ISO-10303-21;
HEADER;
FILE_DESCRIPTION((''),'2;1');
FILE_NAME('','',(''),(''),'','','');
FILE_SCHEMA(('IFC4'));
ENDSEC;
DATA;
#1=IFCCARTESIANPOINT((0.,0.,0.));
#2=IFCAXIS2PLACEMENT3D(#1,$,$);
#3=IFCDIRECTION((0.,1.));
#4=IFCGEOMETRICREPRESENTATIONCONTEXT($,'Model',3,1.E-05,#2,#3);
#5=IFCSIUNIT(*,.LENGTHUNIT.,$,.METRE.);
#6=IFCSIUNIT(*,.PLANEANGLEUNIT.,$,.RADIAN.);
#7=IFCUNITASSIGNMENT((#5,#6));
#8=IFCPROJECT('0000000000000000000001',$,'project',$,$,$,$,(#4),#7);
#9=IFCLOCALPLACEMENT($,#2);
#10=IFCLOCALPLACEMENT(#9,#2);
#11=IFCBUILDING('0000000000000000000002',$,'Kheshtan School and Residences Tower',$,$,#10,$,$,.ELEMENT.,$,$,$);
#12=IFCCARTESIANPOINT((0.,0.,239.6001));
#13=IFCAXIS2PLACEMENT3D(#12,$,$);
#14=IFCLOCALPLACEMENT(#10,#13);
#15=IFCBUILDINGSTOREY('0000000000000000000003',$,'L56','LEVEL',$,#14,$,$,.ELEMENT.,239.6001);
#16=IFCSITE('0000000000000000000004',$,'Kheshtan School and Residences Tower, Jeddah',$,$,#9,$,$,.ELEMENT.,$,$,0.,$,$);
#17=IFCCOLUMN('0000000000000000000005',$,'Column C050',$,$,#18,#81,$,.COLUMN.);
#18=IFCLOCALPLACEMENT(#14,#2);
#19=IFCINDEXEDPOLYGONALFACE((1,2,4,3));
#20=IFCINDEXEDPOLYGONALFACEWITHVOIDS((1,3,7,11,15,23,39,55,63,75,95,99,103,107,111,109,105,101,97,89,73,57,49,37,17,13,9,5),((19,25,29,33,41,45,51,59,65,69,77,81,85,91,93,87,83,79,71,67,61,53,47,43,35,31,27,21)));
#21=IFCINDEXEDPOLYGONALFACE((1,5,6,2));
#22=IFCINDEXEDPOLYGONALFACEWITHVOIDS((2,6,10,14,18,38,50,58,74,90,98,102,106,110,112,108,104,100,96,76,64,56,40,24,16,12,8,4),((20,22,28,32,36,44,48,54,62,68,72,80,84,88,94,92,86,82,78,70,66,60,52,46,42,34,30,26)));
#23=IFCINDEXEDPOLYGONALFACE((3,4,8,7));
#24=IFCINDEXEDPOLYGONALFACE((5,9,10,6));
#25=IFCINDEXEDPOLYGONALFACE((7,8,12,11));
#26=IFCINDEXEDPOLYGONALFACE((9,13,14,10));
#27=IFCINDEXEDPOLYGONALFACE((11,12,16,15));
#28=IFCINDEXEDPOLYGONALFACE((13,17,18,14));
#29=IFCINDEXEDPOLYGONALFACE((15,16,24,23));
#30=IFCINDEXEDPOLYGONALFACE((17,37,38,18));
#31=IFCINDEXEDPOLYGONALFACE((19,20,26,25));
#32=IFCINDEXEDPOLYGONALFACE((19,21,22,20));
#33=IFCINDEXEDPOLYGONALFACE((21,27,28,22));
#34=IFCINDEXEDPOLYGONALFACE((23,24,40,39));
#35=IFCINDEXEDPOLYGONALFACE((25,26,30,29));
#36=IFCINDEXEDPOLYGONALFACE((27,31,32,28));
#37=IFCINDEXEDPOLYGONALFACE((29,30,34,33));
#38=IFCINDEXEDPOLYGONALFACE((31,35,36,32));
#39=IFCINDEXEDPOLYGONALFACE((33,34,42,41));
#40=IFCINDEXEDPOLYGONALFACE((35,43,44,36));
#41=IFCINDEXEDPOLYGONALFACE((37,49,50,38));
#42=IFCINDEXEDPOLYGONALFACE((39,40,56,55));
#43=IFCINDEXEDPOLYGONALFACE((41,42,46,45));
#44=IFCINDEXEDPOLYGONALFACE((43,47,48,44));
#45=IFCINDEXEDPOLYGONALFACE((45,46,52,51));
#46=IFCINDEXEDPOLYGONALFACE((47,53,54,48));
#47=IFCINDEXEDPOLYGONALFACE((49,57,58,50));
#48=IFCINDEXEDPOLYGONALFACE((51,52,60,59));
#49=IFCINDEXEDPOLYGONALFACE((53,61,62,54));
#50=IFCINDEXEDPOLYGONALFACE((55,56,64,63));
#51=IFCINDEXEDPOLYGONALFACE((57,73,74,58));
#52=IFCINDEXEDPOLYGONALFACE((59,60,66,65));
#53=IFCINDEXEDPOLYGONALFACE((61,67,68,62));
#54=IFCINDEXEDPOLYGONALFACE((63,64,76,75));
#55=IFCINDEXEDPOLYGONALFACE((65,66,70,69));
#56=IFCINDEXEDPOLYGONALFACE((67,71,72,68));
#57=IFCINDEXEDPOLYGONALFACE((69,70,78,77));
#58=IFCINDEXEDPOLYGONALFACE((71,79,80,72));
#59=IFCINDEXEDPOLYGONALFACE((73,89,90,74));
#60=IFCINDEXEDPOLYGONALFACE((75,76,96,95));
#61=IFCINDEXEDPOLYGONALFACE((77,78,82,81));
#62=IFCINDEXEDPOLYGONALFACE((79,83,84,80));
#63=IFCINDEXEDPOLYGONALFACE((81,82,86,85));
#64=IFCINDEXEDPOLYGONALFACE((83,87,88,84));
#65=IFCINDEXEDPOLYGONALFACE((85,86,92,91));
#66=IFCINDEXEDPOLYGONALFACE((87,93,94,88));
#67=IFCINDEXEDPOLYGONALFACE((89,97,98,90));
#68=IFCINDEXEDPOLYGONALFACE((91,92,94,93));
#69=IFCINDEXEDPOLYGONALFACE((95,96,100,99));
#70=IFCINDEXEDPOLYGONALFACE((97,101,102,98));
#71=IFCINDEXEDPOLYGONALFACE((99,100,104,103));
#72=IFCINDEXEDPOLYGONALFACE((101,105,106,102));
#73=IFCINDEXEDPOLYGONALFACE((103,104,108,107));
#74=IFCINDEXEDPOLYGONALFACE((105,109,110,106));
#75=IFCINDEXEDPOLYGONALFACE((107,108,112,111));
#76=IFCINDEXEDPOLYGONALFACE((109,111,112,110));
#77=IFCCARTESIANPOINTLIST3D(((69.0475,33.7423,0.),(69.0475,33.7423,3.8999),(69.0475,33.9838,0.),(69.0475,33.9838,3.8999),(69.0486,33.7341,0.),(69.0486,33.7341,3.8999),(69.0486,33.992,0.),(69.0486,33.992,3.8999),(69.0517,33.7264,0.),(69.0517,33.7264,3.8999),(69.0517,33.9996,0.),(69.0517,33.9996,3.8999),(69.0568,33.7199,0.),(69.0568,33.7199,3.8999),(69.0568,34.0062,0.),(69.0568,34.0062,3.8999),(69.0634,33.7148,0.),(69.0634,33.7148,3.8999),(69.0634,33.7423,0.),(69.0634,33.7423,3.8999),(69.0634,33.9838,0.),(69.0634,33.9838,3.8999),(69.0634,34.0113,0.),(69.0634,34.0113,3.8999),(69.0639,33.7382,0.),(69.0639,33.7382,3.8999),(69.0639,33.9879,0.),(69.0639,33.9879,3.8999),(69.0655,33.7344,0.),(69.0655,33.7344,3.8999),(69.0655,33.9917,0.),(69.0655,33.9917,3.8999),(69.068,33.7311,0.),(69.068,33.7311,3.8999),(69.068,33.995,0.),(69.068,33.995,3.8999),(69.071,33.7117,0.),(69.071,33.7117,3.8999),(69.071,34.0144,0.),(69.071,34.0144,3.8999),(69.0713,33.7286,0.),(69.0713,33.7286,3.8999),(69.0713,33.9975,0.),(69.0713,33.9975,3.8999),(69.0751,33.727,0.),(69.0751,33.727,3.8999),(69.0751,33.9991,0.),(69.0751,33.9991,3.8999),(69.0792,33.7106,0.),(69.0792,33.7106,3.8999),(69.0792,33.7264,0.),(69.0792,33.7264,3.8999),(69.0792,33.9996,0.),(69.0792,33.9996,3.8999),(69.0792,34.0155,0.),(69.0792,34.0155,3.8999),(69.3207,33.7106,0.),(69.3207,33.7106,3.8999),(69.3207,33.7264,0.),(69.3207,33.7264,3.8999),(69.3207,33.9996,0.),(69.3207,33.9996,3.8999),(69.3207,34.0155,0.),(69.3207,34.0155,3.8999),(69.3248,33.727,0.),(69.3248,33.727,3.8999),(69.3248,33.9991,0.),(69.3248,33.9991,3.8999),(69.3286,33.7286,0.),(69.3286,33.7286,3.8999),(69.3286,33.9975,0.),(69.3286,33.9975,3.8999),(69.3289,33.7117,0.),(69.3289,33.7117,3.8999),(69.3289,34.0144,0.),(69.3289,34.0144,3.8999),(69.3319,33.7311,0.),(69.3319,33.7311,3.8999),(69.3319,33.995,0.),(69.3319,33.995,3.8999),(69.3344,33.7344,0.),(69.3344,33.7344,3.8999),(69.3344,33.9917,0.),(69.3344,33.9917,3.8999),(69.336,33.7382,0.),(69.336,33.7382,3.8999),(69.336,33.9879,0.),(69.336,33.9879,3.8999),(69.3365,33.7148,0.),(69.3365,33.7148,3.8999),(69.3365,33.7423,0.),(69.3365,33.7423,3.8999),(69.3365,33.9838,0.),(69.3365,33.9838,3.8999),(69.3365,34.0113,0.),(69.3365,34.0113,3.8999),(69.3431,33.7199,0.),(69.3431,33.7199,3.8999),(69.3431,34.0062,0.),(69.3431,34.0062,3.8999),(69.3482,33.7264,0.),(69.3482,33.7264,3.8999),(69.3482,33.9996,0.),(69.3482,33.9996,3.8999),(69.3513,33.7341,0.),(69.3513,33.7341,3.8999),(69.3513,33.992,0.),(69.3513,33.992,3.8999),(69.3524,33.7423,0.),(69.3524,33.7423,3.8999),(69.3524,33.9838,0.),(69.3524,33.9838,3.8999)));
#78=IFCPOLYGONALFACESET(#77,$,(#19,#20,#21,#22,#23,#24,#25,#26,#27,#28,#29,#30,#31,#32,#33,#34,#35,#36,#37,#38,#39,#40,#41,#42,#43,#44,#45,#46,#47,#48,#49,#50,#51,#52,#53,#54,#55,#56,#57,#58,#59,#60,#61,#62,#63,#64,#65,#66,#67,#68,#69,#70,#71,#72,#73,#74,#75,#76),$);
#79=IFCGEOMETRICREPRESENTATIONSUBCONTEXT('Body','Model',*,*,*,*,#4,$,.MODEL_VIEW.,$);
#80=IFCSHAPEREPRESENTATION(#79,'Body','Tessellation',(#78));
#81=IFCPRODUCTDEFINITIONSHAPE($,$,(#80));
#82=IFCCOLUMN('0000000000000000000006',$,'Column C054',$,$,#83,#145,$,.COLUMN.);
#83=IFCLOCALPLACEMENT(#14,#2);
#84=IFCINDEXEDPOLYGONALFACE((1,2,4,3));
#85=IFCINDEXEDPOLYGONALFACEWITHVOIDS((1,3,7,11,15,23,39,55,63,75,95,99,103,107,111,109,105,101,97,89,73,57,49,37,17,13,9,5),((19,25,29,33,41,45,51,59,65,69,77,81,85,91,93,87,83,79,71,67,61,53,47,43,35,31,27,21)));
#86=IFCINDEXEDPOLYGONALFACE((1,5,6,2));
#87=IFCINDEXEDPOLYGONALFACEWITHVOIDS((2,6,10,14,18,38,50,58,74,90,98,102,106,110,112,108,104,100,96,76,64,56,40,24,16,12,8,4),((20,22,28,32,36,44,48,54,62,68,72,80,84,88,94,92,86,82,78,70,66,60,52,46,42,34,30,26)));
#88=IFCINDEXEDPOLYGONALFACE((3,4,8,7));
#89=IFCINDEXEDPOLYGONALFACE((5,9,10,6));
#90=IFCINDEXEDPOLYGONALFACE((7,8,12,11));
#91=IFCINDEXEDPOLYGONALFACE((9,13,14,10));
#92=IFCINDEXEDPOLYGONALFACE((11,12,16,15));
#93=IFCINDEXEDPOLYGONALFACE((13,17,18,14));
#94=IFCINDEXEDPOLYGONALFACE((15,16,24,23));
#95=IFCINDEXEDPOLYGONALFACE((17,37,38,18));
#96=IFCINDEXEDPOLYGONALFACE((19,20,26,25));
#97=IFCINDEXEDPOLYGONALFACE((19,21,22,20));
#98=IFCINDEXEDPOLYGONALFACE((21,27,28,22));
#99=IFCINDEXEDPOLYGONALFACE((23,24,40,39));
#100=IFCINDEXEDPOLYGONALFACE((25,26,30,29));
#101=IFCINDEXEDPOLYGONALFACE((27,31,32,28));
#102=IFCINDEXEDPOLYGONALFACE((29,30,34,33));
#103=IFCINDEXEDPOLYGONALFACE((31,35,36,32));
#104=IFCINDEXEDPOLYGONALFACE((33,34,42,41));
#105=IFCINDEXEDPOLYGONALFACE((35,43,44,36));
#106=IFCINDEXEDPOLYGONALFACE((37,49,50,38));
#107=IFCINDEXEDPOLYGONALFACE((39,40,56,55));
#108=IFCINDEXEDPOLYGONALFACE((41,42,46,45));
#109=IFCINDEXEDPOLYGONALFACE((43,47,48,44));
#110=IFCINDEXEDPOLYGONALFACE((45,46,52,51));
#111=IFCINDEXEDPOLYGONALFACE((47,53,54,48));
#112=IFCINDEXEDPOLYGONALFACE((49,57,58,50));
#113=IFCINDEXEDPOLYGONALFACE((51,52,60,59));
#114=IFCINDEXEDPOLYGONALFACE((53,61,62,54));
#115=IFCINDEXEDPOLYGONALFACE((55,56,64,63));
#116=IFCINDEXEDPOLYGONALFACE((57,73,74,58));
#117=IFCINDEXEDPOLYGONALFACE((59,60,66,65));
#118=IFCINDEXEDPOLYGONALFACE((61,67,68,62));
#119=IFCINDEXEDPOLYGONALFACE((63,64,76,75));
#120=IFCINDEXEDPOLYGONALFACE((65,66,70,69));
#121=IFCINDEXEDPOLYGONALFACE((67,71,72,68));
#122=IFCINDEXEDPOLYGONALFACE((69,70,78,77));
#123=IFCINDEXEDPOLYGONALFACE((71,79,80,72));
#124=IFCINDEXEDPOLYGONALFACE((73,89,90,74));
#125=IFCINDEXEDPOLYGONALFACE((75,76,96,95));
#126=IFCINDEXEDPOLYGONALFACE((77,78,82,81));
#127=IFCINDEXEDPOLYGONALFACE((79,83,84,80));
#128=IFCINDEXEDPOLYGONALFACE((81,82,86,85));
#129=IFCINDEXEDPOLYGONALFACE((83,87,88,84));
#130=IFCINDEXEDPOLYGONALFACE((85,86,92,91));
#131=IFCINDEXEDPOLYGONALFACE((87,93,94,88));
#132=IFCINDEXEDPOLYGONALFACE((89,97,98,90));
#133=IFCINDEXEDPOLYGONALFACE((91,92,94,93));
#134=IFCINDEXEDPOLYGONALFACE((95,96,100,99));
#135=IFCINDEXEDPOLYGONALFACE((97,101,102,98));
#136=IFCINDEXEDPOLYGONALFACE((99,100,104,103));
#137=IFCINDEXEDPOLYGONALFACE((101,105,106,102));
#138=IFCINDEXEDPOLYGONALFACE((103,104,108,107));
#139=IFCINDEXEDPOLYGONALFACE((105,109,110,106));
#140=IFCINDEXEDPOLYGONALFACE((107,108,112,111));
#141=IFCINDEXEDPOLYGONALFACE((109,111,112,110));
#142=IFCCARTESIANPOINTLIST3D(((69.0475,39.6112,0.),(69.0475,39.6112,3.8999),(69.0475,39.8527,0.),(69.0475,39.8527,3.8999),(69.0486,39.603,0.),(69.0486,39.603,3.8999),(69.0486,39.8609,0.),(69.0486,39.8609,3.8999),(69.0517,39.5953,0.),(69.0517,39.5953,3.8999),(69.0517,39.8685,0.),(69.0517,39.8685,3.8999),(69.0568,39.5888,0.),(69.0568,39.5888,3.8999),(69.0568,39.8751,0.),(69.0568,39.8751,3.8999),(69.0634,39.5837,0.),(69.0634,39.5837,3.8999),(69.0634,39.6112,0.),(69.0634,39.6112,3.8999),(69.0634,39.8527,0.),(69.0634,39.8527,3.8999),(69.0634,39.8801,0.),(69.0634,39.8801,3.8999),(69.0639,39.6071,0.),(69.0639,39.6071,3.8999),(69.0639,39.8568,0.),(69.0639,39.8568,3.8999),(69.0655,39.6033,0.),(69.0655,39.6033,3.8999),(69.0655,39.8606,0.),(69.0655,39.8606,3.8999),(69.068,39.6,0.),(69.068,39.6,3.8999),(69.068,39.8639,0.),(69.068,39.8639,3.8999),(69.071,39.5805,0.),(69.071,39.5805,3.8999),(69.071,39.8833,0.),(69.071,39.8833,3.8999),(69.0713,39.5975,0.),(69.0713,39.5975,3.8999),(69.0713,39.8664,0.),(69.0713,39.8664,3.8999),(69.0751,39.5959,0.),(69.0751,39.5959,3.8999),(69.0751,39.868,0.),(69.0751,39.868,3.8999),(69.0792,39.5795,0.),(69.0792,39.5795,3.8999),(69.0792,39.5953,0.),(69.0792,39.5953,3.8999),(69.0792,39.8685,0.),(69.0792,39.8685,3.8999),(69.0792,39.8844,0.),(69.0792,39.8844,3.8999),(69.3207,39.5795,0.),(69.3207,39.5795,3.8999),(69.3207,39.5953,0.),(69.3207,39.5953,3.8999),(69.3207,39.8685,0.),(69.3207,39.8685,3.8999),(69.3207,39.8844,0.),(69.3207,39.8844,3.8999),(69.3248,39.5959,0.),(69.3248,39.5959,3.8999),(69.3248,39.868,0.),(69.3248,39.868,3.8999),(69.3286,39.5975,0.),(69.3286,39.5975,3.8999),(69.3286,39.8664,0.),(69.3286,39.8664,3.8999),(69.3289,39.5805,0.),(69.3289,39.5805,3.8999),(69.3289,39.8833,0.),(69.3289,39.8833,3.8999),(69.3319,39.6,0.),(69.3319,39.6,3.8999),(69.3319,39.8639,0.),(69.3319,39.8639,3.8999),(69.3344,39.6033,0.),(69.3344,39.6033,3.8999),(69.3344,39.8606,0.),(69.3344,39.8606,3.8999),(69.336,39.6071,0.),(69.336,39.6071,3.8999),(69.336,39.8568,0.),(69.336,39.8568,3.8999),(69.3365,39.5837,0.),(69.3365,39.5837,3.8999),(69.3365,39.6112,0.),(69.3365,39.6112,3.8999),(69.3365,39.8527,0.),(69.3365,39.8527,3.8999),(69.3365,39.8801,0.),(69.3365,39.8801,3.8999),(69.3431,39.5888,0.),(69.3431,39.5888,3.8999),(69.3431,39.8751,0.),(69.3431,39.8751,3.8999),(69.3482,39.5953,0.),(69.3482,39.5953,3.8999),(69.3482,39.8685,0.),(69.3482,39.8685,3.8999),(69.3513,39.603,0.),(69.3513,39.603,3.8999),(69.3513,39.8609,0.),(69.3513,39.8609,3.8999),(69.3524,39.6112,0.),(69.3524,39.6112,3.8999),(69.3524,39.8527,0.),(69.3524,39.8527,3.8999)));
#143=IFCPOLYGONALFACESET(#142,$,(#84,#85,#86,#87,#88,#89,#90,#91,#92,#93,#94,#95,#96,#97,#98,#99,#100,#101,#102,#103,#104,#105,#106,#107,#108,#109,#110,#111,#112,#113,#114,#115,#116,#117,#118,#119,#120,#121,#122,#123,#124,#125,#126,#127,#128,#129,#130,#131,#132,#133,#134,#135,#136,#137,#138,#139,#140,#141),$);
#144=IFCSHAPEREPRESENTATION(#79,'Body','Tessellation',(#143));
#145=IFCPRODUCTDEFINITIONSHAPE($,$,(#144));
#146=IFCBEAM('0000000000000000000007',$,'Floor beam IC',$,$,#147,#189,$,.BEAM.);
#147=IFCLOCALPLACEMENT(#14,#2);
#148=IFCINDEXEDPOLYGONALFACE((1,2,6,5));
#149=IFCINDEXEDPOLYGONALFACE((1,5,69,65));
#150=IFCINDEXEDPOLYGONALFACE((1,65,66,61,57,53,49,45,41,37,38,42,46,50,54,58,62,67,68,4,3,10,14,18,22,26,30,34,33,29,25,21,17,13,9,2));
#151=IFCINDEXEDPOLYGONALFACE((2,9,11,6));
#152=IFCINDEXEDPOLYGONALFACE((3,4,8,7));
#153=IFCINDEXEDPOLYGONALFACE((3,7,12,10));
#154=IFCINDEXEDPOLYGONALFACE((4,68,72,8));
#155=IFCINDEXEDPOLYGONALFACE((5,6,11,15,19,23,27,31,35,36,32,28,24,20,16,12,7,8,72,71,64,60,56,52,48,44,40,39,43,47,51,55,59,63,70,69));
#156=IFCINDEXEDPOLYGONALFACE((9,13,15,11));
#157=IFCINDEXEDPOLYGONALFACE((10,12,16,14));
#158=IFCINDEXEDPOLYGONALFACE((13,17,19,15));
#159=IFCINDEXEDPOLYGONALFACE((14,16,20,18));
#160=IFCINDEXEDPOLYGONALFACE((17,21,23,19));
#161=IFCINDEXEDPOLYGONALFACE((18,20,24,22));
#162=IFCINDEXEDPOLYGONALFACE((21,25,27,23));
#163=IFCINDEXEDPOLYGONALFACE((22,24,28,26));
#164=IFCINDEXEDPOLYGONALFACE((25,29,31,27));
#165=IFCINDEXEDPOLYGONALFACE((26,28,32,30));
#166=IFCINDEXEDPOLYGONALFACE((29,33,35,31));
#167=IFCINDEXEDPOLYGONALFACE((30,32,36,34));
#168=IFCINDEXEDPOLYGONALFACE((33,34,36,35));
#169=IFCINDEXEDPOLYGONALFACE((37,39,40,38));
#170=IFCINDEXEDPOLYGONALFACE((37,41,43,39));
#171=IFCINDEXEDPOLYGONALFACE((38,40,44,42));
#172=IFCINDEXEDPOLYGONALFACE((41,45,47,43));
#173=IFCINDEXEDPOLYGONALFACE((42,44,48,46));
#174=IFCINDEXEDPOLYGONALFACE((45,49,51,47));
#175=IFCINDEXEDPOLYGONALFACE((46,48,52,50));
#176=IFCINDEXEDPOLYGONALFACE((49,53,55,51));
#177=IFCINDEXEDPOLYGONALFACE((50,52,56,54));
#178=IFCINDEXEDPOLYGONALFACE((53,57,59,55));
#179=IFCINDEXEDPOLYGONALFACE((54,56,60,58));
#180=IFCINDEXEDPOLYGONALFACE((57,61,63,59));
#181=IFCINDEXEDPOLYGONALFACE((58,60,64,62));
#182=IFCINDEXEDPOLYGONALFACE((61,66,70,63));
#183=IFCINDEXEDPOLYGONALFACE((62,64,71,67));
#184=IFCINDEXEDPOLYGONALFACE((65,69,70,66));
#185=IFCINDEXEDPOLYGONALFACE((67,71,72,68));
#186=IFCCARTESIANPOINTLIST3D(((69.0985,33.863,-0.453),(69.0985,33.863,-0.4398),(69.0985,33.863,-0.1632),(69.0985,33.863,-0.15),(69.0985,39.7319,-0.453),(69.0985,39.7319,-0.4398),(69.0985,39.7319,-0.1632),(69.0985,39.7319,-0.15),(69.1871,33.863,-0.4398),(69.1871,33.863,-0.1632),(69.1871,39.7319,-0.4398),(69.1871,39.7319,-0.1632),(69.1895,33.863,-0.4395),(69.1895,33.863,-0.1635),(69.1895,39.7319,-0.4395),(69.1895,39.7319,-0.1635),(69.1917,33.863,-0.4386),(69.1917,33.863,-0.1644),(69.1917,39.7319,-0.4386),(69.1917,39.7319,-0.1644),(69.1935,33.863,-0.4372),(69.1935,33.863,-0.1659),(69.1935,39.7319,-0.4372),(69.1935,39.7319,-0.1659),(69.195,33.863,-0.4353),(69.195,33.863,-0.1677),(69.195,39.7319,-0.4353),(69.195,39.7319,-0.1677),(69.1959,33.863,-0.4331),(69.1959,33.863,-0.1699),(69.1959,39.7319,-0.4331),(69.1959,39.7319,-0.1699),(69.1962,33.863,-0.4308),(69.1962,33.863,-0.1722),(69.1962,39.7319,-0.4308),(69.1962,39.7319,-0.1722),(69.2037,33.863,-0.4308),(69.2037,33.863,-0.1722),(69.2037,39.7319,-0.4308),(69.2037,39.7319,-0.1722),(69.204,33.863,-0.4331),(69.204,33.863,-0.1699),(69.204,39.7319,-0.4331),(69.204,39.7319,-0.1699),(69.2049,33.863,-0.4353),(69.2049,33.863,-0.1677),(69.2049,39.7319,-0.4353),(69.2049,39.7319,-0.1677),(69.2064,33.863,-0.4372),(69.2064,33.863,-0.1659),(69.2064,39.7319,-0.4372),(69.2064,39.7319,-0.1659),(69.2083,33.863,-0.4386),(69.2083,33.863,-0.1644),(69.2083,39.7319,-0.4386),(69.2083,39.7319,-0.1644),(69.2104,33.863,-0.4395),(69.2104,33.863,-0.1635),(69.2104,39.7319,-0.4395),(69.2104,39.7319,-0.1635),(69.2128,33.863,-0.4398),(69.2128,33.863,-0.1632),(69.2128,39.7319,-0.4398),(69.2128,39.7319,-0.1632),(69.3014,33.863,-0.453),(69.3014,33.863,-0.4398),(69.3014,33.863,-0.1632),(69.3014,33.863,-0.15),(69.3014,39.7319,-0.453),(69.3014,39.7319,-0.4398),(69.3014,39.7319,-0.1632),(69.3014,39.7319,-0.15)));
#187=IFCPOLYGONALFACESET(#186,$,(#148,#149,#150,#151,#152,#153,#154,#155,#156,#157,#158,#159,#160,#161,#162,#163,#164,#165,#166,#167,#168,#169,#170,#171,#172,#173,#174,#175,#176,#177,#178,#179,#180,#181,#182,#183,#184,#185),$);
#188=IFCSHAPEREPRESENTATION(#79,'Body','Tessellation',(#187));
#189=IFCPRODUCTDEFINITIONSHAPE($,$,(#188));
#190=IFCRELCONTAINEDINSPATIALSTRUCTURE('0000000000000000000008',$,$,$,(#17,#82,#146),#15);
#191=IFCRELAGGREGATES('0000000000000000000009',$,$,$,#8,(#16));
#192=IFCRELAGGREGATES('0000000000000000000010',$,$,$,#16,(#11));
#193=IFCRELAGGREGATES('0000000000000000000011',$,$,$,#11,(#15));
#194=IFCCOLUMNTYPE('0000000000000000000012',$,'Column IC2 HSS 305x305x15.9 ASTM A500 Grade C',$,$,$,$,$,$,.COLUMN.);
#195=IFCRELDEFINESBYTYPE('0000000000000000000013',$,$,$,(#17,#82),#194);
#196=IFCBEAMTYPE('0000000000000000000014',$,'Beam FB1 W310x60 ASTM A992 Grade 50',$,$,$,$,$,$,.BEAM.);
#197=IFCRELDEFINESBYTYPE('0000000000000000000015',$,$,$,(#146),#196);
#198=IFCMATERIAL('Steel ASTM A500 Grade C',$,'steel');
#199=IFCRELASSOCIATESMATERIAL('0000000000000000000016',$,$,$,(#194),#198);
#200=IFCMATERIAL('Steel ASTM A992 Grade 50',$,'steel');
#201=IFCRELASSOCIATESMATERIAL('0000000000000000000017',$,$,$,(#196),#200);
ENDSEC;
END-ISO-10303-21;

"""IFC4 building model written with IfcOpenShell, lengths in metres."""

from ifc_helpers import new_model, si_unit, direction, frame, origin, origin_2d, place, context, subcontext, project, spatial, hollow_rectangle, i_section, extrude, material, material_profile, profile_set, type_object, element, save


model = new_model("IFC4")

# Units and contexts
model_context = context("Model", 3, precision=1e-05, world=origin(), true_north=direction((0.0, 1.0)))
body_context = subcontext(model_context, "Body", "Model", "MODEL_VIEW")
ifc_project = project(units=[si_unit("LENGTHUNIT", "METRE"), si_unit("PLANEANGLEUNIT", "RADIAN")], contexts=[model_context])

# Site, building, storey
site_placement = place(None, origin())
site = spatial("IfcSite", under=ifc_project, at=site_placement, Name="Kheshtan School and Residences Tower, Jeddah", CompositionType="ELEMENT", RefElevation=0.0)
building_placement = place(site_placement, origin())
building = spatial("IfcBuilding", under=site, at=building_placement, Name="Kheshtan School and Residences Tower", CompositionType="ELEMENT")
storey_placement = place(building_placement, frame((0.0, 0.0, 239.6001)))
storey = spatial("IfcBuildingStorey", under=building, at=storey_placement, Name="L56", Description="LEVEL", CompositionType="ELEMENT", Elevation=239.6001)

# Columns
ifc_material_1 = material(Name="Steel ASTM A500 Grade C", Category="steel")
ifc_material_profile_1 = material_profile(ifc_material_1, hollow_rectangle(XDim=0.3049, YDim=0.3049, WallThickness=0.0159, InnerFilletRadius=0.0159, OuterFilletRadius=0.0317, at=origin_2d()), Name="HSS 305x305x15.9")
ifc_profile_set_1 = profile_set([ifc_material_profile_1], Name="Steel ASTM A500 Grade C")
column_type = type_object("IfcColumnType", Name="Column IC2 HSS 305x305x15.9 ASTM A500 Grade C", PredefinedType="COLUMN", material=ifc_profile_set_1)
for number, where, z_axis, x_axis, name in (
    (1, (69.2, 33.863, 0.0), (0.0, 0.0, 1.0), (1.0, 0.0, 0.0), "Column C050"),
    (2, (69.2, 39.7319, 0.0), (0.0, 0.0, 1.0), (1.0, 0.0, 0.0), "Column C054"),
):
    element("IfcColumn", number, at=place(storey_placement, frame(where, z_axis=z_axis, x_axis=x_axis)), inside=storey, type_object=column_type, Name=name, PredefinedType="COLUMN", context=body_context, shape_type="SweptSolid", body=[
        extrude(hollow_rectangle(XDim=0.3049, YDim=0.3049, WallThickness=0.0159, InnerFilletRadius=0.0159, OuterFilletRadius=0.0317, at=origin_2d()), origin(), (0.0, 0.0, 1.0), 3.8999),
    ])

# Beam
ifc_material_2 = material(Name="Steel ASTM A992 Grade 50", Category="steel")
ifc_material_profile_2 = material_profile(ifc_material_2, i_section(OverallWidth=0.2029, OverallDepth=0.303, WebThickness=0.0076, FlangeThickness=0.0132, FilletRadius=0.009, at=origin_2d()), Name="W310x60")
ifc_profile_set_2 = profile_set([ifc_material_profile_2], Name="Steel ASTM A992 Grade 50")
beam_type = type_object("IfcBeamType", Name="Beam FB1 W310x60 ASTM A992 Grade 50", PredefinedType="BEAM", material=ifc_profile_set_2)
beam_placement = place(storey_placement, frame((69.2, 33.863, -0.3015), z_axis=(0.0, 1.0, 0.0), x_axis=(-1.0, 0.0, 0.0)))
element("IfcBeam", 3, at=beam_placement, inside=storey, type_object=beam_type, Name="Floor beam IC", PredefinedType="BEAM", context=body_context, shape_type="SweptSolid", body=[
    extrude(i_section(OverallWidth=0.2029, OverallDepth=0.303, WebThickness=0.0076, FlangeThickness=0.0132, FilletRadius=0.009, at=origin_2d()), origin(), (0.0, 0.0, 1.0), 5.8689),
])

save(model, "model.ifc")
